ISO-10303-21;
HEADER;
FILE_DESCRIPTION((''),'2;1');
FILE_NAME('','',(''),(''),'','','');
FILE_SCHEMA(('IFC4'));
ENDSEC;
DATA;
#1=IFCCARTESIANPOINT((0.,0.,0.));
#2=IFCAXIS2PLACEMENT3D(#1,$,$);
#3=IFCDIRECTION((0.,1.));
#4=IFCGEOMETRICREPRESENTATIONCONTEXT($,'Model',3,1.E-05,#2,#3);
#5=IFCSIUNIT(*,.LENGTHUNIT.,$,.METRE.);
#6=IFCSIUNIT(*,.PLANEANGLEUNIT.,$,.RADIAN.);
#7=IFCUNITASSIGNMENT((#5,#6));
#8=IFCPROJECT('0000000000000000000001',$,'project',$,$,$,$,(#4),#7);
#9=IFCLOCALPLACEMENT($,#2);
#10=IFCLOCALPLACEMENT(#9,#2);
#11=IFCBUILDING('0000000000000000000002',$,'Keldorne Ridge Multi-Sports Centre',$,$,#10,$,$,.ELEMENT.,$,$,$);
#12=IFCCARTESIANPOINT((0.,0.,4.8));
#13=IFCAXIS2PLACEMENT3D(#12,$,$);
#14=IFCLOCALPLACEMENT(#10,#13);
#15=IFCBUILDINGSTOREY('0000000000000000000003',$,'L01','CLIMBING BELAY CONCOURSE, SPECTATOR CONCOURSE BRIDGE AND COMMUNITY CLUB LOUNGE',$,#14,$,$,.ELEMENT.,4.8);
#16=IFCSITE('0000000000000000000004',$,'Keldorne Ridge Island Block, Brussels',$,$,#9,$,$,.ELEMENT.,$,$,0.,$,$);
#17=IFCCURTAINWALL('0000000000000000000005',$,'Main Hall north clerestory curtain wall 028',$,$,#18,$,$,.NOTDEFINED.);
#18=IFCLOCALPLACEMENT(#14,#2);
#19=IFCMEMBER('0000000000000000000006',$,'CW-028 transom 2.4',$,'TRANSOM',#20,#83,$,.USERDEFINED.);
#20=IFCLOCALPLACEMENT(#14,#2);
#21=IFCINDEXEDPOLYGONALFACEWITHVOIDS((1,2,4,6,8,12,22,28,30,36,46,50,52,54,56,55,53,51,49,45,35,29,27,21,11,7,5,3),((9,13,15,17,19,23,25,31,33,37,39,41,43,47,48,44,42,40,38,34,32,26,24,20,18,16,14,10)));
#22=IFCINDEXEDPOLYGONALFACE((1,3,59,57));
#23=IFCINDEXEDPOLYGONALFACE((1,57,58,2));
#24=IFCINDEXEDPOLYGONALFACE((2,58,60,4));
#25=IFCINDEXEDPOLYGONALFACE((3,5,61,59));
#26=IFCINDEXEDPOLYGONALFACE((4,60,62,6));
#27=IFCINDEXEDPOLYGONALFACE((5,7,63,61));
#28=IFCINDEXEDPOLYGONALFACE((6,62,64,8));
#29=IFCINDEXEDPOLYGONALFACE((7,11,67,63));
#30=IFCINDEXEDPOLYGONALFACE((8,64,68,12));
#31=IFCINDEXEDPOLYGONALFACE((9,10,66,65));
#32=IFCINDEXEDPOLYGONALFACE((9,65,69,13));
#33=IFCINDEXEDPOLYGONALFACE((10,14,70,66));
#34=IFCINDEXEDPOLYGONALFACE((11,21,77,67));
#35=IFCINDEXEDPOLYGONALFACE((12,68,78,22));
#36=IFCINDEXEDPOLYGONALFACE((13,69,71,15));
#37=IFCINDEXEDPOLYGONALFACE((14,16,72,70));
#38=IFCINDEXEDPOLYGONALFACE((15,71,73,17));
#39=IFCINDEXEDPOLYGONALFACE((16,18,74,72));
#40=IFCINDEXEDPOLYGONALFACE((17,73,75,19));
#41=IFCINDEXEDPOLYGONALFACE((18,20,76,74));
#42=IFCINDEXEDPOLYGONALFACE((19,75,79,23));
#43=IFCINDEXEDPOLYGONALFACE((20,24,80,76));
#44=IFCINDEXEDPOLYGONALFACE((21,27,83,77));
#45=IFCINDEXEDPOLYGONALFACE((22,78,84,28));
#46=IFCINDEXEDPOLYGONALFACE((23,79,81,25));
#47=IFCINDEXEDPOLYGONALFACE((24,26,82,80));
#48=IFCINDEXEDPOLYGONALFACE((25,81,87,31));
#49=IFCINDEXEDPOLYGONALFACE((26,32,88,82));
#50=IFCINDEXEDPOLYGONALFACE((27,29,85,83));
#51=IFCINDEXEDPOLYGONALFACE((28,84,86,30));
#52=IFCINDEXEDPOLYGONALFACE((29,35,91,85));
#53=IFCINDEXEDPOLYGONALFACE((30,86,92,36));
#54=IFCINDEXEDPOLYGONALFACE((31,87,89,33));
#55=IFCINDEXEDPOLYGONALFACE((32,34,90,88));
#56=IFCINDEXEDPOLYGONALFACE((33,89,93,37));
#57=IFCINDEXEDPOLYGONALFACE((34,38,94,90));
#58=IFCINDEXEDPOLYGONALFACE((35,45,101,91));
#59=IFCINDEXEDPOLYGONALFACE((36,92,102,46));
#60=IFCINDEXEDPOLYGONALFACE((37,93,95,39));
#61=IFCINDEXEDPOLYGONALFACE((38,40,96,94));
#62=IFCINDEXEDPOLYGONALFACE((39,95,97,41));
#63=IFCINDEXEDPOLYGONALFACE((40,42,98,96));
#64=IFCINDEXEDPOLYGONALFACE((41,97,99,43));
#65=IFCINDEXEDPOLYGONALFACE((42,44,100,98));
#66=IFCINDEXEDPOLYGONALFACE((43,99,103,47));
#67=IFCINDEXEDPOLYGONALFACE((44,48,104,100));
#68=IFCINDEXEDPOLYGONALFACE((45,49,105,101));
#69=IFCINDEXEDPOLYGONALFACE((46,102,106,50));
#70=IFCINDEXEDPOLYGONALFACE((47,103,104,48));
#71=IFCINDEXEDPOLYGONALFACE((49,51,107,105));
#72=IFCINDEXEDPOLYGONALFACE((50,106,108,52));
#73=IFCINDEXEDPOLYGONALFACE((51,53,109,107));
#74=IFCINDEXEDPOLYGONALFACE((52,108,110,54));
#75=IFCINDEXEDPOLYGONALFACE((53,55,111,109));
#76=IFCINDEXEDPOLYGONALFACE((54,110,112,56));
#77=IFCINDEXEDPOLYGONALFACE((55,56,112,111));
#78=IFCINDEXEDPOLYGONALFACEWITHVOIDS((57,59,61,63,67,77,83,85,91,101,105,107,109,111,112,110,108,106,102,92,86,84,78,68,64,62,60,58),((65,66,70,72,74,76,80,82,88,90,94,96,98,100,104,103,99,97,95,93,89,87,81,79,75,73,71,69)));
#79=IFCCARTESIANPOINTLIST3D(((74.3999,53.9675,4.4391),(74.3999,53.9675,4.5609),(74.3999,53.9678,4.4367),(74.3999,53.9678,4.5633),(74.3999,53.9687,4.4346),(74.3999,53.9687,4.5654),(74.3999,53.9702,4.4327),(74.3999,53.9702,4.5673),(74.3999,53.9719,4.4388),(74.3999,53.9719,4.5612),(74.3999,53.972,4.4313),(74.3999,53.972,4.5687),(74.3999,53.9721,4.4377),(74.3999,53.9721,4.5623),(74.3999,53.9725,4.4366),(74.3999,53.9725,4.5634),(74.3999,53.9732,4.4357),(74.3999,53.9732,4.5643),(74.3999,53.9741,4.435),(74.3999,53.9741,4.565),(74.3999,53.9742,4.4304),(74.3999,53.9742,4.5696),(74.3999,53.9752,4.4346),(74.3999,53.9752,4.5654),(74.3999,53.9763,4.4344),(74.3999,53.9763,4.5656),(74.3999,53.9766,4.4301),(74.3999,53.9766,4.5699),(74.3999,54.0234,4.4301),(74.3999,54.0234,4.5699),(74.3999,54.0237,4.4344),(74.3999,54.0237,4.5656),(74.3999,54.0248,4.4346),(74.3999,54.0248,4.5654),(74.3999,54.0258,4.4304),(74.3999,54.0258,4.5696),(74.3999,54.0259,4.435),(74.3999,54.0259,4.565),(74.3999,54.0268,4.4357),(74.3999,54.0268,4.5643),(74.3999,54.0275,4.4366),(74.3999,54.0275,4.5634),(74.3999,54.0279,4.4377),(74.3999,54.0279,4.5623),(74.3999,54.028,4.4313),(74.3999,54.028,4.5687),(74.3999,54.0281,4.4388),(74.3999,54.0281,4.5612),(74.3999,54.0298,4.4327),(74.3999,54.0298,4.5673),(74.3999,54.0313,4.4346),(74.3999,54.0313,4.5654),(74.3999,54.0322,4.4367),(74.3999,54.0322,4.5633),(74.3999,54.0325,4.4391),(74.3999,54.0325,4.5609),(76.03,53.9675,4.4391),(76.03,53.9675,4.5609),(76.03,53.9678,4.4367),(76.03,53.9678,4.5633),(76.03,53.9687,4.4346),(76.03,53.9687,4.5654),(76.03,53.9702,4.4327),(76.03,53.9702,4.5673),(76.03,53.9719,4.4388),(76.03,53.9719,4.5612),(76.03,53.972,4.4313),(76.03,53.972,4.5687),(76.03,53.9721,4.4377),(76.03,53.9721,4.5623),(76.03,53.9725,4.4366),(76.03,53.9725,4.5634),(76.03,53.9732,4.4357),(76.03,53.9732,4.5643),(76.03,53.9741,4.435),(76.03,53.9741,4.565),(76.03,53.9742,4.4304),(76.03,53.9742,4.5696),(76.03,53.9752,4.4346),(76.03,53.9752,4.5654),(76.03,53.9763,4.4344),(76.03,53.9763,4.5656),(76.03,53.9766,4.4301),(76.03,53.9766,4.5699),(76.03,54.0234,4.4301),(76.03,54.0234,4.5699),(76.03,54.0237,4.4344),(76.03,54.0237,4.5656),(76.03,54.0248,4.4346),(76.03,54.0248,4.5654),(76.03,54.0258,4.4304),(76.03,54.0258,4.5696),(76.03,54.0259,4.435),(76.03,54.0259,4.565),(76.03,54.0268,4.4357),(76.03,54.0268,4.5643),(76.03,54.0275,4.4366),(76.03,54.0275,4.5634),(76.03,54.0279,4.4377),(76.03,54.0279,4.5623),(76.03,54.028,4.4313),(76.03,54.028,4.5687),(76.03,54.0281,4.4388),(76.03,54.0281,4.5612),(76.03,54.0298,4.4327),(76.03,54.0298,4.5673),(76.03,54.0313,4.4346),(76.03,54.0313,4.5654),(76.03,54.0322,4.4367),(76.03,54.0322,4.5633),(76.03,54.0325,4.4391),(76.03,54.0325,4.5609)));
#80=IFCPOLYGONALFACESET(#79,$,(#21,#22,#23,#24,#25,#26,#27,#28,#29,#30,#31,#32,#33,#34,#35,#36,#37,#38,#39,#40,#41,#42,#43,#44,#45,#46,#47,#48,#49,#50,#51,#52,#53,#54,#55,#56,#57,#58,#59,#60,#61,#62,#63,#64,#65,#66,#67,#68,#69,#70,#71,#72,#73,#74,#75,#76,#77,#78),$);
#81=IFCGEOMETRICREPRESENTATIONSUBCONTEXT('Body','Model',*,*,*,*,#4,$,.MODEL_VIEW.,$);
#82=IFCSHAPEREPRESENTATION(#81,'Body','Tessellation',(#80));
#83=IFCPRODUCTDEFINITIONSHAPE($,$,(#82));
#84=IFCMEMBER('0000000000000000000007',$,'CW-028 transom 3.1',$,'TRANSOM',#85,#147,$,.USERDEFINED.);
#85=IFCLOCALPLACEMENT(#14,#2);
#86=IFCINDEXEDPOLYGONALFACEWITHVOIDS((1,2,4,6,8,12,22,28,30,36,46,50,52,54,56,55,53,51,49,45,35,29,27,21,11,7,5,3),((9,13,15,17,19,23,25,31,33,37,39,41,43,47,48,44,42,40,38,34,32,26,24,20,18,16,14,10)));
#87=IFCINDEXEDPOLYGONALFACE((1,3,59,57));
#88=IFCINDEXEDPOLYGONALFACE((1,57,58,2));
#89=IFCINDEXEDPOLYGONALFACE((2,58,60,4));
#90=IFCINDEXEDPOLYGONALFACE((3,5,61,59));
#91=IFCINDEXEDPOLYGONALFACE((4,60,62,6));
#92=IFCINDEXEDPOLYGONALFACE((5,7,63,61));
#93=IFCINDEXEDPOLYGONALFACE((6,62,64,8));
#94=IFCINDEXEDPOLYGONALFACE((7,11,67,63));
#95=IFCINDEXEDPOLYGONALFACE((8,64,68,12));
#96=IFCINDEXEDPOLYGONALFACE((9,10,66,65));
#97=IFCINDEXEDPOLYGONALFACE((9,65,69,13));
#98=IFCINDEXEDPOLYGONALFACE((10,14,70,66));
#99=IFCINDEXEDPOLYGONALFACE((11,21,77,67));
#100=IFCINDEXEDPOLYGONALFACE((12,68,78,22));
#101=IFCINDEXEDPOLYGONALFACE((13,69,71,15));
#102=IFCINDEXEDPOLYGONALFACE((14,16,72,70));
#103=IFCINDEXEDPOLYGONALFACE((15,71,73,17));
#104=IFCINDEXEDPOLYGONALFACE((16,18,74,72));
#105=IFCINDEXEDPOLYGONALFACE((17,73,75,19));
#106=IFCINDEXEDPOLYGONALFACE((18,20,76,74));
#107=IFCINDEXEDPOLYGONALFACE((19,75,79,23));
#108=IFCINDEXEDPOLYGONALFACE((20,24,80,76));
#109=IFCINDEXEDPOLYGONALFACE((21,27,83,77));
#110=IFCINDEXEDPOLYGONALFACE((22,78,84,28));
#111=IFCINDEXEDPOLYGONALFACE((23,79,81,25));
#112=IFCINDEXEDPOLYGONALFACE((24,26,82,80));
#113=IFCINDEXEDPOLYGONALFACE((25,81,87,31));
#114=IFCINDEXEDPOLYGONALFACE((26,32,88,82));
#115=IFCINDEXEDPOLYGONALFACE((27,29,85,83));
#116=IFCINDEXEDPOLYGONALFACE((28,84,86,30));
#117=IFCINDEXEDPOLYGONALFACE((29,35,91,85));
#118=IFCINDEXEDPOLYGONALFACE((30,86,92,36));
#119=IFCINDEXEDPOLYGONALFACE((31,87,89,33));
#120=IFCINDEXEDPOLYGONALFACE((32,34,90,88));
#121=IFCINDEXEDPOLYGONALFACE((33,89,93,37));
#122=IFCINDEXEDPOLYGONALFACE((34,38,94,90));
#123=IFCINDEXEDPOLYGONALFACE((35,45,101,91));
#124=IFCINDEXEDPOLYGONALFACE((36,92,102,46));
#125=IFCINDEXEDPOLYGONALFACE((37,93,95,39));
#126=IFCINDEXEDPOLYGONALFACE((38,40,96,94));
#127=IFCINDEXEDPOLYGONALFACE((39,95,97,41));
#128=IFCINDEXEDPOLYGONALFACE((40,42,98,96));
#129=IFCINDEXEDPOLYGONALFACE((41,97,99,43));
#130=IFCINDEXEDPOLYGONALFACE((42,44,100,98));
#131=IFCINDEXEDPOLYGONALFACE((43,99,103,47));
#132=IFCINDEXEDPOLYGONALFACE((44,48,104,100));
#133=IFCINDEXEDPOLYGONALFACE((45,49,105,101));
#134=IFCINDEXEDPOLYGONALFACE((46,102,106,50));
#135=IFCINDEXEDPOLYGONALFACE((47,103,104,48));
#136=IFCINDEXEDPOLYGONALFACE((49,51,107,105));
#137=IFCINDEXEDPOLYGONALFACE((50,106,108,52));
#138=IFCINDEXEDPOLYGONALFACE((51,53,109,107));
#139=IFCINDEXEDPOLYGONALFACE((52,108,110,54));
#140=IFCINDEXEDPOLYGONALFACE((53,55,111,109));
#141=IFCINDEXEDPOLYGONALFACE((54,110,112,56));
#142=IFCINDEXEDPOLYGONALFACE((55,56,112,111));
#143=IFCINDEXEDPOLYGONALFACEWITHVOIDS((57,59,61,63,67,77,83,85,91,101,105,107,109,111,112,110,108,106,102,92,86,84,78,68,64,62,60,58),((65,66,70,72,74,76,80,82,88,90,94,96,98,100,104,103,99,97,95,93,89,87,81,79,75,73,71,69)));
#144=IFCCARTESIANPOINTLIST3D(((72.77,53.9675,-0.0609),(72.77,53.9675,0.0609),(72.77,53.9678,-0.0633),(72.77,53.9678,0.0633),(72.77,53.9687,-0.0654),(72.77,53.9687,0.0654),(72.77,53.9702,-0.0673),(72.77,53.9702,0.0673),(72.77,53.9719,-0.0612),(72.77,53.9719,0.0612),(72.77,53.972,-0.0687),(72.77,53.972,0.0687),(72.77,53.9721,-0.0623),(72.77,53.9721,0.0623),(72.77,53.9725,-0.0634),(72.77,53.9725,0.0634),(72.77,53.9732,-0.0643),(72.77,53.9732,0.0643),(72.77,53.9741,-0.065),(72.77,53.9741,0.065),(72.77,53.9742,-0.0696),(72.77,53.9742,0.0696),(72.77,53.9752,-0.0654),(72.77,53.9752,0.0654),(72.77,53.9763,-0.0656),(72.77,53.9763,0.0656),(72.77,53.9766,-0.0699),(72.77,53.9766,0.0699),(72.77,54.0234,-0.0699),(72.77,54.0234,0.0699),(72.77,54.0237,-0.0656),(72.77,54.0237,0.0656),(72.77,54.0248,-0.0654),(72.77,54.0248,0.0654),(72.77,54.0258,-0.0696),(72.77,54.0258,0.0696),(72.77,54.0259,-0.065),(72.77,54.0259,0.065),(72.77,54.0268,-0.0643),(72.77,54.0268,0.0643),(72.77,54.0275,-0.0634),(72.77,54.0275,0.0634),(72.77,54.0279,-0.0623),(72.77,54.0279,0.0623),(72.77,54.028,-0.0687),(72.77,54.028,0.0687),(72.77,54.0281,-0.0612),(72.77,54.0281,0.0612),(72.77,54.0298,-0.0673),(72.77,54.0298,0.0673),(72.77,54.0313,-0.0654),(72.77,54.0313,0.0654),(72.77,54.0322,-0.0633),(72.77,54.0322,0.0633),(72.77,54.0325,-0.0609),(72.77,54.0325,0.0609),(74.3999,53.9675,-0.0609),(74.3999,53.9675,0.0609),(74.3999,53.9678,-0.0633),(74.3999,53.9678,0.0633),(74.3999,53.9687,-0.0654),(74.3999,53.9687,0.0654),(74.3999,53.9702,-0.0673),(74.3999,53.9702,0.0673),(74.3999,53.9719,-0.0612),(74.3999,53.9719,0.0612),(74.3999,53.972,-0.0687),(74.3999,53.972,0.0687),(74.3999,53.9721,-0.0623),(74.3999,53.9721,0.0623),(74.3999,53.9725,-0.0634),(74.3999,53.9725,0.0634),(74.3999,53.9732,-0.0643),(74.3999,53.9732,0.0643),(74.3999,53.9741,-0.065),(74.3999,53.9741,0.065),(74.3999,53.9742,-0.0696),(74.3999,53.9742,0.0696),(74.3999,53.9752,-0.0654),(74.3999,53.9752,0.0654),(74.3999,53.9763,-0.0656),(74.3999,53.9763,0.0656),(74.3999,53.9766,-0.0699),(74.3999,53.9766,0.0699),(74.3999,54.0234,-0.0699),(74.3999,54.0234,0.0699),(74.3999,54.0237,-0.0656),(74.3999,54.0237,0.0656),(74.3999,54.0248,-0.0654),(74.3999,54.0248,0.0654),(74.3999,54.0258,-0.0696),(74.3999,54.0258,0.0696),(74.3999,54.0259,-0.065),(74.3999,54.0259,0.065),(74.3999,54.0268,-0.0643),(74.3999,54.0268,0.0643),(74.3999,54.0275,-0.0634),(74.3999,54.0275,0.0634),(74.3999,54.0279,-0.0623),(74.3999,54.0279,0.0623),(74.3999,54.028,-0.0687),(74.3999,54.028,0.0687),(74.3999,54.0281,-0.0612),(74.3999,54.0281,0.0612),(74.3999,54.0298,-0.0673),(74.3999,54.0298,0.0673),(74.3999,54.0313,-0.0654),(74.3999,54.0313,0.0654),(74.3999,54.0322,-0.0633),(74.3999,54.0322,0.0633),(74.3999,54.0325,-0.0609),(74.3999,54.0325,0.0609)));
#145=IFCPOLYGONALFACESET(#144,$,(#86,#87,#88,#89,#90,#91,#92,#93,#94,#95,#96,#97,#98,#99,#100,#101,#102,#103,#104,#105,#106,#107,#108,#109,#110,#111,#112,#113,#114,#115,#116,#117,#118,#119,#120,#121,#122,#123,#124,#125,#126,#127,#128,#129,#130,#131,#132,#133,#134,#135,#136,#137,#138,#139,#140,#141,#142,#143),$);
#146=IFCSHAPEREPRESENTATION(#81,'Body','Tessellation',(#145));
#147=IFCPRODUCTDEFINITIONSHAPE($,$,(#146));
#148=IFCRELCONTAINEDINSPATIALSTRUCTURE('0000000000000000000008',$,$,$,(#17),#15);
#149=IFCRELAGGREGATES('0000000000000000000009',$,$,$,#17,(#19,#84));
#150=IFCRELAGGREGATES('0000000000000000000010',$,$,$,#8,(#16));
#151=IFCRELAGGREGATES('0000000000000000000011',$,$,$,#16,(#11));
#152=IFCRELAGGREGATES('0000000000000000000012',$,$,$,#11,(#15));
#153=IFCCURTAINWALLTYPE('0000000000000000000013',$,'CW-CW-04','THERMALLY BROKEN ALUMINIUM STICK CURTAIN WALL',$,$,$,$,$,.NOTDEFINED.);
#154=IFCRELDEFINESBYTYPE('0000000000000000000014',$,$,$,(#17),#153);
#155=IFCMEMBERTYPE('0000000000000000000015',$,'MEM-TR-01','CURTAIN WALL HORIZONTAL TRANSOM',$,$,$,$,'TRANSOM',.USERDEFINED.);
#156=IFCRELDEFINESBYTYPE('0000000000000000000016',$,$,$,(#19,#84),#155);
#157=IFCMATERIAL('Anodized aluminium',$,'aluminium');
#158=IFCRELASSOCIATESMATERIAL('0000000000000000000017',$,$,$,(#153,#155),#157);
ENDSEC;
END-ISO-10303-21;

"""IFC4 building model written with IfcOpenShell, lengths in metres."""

from ifc_helpers import new_model, si_unit, direction, frame, origin, origin_2d, place, context, subcontext, project, spatial, hollow_rectangle, extrude, material, material_profile, profile_set, type_object, element, aggregate, save


model = new_model("IFC4")

# Units and contexts
model_context = context("Model", 3, precision=1e-05, world=origin(), true_north=direction((0.0, 1.0)))
body_context = subcontext(model_context, "Body", "Model", "MODEL_VIEW")
ifc_project = project(units=[si_unit("LENGTHUNIT", "METRE"), si_unit("PLANEANGLEUNIT", "RADIAN")], contexts=[model_context])

# Site, building, storey
site_placement = place(None, origin())
site = spatial("IfcSite", under=ifc_project, at=site_placement, Name="Keldorne Ridge Island Block, Brussels", CompositionType="ELEMENT", RefElevation=0.0)
building_placement = place(site_placement, origin())
building = spatial("IfcBuilding", under=site, at=building_placement, Name="Keldorne Ridge Multi-Sports Centre", CompositionType="ELEMENT")
storey_placement = place(building_placement, frame((0.0, 0.0, 4.8)))
storey = spatial("IfcBuildingStorey", under=building, at=storey_placement, Name="L01", Description="CLIMBING BELAY CONCOURSE, SPECTATOR CONCOURSE BRIDGE AND COMMUNITY CLUB LOUNGE", CompositionType="ELEMENT", Elevation=4.8)

# Curtain wall
ifc_material_1 = material(Name="Anodized aluminium", Category="aluminium")
curtain_wall_type = type_object("IfcCurtainWallType", Name="CW-CW-04", Description="THERMALLY BROKEN ALUMINIUM STICK CURTAIN WALL", PredefinedType="NOTDEFINED", material=ifc_material_1)
curtain_wall_1_placement = place(storey_placement, origin())
curtain_wall_1 = element("IfcCurtainWall", 1, at=curtain_wall_1_placement, inside=storey, type_object=curtain_wall_type, Name="Main Hall north clerestory curtain wall 028", PredefinedType="NOTDEFINED")

# Members
ifc_material_profile_1 = material_profile(ifc_material_1, hollow_rectangle(XDim=0.0649, YDim=0.1399, WallThickness=0.0044, InnerFilletRadius=0.0044, OuterFilletRadius=0.009, at=origin_2d()), Name="ALU TRANSOM 140x65x4.5")
ifc_profile_set_1 = profile_set([ifc_material_profile_1], Name="Anodized aluminium")
member_type_1 = type_object("IfcMemberType", Name="MEM-TR-01", Description="CURTAIN WALL HORIZONTAL TRANSOM", ElementType="TRANSOM", PredefinedType="USERDEFINED", material=ifc_profile_set_1)
member_1_placement = place(storey_placement, frame((76.03, 54.0, 4.5), z_axis=(-1.0, 0.0, 0.0), x_axis=(0.0, -1.0, 0.0)))
member_1 = element("IfcMember", 2, at=member_1_placement, type_object=member_type_1, Name="CW-028 transom 2.4", ObjectType="TRANSOM", PredefinedType="USERDEFINED", context=body_context, shape_type="SweptSolid", body=[
    extrude(hollow_rectangle(XDim=0.0649, YDim=0.1399, WallThickness=0.0044, InnerFilletRadius=0.0044, OuterFilletRadius=0.009, at=origin_2d()), origin(), (0.0, 0.0, 1.0), 1.6301),
])
member_2_placement = place(storey_placement, frame((74.3999, 54.0, 0.0), z_axis=(-1.0, 0.0, 0.0), x_axis=(0.0, -1.0, 0.0)))
member_2 = element("IfcMember", 3, at=member_2_placement, type_object=member_type_1, Name="CW-028 transom 3.1", ObjectType="TRANSOM", PredefinedType="USERDEFINED", context=body_context, shape_type="SweptSolid", body=[
    extrude(hollow_rectangle(XDim=0.0649, YDim=0.1399, WallThickness=0.0044, InnerFilletRadius=0.0044, OuterFilletRadius=0.009, at=origin_2d()), origin(), (0.0, 0.0, 1.0), 1.6299),
])

aggregate(curtain_wall_1, [member_1, member_2])

save(model, "model.ifc")
